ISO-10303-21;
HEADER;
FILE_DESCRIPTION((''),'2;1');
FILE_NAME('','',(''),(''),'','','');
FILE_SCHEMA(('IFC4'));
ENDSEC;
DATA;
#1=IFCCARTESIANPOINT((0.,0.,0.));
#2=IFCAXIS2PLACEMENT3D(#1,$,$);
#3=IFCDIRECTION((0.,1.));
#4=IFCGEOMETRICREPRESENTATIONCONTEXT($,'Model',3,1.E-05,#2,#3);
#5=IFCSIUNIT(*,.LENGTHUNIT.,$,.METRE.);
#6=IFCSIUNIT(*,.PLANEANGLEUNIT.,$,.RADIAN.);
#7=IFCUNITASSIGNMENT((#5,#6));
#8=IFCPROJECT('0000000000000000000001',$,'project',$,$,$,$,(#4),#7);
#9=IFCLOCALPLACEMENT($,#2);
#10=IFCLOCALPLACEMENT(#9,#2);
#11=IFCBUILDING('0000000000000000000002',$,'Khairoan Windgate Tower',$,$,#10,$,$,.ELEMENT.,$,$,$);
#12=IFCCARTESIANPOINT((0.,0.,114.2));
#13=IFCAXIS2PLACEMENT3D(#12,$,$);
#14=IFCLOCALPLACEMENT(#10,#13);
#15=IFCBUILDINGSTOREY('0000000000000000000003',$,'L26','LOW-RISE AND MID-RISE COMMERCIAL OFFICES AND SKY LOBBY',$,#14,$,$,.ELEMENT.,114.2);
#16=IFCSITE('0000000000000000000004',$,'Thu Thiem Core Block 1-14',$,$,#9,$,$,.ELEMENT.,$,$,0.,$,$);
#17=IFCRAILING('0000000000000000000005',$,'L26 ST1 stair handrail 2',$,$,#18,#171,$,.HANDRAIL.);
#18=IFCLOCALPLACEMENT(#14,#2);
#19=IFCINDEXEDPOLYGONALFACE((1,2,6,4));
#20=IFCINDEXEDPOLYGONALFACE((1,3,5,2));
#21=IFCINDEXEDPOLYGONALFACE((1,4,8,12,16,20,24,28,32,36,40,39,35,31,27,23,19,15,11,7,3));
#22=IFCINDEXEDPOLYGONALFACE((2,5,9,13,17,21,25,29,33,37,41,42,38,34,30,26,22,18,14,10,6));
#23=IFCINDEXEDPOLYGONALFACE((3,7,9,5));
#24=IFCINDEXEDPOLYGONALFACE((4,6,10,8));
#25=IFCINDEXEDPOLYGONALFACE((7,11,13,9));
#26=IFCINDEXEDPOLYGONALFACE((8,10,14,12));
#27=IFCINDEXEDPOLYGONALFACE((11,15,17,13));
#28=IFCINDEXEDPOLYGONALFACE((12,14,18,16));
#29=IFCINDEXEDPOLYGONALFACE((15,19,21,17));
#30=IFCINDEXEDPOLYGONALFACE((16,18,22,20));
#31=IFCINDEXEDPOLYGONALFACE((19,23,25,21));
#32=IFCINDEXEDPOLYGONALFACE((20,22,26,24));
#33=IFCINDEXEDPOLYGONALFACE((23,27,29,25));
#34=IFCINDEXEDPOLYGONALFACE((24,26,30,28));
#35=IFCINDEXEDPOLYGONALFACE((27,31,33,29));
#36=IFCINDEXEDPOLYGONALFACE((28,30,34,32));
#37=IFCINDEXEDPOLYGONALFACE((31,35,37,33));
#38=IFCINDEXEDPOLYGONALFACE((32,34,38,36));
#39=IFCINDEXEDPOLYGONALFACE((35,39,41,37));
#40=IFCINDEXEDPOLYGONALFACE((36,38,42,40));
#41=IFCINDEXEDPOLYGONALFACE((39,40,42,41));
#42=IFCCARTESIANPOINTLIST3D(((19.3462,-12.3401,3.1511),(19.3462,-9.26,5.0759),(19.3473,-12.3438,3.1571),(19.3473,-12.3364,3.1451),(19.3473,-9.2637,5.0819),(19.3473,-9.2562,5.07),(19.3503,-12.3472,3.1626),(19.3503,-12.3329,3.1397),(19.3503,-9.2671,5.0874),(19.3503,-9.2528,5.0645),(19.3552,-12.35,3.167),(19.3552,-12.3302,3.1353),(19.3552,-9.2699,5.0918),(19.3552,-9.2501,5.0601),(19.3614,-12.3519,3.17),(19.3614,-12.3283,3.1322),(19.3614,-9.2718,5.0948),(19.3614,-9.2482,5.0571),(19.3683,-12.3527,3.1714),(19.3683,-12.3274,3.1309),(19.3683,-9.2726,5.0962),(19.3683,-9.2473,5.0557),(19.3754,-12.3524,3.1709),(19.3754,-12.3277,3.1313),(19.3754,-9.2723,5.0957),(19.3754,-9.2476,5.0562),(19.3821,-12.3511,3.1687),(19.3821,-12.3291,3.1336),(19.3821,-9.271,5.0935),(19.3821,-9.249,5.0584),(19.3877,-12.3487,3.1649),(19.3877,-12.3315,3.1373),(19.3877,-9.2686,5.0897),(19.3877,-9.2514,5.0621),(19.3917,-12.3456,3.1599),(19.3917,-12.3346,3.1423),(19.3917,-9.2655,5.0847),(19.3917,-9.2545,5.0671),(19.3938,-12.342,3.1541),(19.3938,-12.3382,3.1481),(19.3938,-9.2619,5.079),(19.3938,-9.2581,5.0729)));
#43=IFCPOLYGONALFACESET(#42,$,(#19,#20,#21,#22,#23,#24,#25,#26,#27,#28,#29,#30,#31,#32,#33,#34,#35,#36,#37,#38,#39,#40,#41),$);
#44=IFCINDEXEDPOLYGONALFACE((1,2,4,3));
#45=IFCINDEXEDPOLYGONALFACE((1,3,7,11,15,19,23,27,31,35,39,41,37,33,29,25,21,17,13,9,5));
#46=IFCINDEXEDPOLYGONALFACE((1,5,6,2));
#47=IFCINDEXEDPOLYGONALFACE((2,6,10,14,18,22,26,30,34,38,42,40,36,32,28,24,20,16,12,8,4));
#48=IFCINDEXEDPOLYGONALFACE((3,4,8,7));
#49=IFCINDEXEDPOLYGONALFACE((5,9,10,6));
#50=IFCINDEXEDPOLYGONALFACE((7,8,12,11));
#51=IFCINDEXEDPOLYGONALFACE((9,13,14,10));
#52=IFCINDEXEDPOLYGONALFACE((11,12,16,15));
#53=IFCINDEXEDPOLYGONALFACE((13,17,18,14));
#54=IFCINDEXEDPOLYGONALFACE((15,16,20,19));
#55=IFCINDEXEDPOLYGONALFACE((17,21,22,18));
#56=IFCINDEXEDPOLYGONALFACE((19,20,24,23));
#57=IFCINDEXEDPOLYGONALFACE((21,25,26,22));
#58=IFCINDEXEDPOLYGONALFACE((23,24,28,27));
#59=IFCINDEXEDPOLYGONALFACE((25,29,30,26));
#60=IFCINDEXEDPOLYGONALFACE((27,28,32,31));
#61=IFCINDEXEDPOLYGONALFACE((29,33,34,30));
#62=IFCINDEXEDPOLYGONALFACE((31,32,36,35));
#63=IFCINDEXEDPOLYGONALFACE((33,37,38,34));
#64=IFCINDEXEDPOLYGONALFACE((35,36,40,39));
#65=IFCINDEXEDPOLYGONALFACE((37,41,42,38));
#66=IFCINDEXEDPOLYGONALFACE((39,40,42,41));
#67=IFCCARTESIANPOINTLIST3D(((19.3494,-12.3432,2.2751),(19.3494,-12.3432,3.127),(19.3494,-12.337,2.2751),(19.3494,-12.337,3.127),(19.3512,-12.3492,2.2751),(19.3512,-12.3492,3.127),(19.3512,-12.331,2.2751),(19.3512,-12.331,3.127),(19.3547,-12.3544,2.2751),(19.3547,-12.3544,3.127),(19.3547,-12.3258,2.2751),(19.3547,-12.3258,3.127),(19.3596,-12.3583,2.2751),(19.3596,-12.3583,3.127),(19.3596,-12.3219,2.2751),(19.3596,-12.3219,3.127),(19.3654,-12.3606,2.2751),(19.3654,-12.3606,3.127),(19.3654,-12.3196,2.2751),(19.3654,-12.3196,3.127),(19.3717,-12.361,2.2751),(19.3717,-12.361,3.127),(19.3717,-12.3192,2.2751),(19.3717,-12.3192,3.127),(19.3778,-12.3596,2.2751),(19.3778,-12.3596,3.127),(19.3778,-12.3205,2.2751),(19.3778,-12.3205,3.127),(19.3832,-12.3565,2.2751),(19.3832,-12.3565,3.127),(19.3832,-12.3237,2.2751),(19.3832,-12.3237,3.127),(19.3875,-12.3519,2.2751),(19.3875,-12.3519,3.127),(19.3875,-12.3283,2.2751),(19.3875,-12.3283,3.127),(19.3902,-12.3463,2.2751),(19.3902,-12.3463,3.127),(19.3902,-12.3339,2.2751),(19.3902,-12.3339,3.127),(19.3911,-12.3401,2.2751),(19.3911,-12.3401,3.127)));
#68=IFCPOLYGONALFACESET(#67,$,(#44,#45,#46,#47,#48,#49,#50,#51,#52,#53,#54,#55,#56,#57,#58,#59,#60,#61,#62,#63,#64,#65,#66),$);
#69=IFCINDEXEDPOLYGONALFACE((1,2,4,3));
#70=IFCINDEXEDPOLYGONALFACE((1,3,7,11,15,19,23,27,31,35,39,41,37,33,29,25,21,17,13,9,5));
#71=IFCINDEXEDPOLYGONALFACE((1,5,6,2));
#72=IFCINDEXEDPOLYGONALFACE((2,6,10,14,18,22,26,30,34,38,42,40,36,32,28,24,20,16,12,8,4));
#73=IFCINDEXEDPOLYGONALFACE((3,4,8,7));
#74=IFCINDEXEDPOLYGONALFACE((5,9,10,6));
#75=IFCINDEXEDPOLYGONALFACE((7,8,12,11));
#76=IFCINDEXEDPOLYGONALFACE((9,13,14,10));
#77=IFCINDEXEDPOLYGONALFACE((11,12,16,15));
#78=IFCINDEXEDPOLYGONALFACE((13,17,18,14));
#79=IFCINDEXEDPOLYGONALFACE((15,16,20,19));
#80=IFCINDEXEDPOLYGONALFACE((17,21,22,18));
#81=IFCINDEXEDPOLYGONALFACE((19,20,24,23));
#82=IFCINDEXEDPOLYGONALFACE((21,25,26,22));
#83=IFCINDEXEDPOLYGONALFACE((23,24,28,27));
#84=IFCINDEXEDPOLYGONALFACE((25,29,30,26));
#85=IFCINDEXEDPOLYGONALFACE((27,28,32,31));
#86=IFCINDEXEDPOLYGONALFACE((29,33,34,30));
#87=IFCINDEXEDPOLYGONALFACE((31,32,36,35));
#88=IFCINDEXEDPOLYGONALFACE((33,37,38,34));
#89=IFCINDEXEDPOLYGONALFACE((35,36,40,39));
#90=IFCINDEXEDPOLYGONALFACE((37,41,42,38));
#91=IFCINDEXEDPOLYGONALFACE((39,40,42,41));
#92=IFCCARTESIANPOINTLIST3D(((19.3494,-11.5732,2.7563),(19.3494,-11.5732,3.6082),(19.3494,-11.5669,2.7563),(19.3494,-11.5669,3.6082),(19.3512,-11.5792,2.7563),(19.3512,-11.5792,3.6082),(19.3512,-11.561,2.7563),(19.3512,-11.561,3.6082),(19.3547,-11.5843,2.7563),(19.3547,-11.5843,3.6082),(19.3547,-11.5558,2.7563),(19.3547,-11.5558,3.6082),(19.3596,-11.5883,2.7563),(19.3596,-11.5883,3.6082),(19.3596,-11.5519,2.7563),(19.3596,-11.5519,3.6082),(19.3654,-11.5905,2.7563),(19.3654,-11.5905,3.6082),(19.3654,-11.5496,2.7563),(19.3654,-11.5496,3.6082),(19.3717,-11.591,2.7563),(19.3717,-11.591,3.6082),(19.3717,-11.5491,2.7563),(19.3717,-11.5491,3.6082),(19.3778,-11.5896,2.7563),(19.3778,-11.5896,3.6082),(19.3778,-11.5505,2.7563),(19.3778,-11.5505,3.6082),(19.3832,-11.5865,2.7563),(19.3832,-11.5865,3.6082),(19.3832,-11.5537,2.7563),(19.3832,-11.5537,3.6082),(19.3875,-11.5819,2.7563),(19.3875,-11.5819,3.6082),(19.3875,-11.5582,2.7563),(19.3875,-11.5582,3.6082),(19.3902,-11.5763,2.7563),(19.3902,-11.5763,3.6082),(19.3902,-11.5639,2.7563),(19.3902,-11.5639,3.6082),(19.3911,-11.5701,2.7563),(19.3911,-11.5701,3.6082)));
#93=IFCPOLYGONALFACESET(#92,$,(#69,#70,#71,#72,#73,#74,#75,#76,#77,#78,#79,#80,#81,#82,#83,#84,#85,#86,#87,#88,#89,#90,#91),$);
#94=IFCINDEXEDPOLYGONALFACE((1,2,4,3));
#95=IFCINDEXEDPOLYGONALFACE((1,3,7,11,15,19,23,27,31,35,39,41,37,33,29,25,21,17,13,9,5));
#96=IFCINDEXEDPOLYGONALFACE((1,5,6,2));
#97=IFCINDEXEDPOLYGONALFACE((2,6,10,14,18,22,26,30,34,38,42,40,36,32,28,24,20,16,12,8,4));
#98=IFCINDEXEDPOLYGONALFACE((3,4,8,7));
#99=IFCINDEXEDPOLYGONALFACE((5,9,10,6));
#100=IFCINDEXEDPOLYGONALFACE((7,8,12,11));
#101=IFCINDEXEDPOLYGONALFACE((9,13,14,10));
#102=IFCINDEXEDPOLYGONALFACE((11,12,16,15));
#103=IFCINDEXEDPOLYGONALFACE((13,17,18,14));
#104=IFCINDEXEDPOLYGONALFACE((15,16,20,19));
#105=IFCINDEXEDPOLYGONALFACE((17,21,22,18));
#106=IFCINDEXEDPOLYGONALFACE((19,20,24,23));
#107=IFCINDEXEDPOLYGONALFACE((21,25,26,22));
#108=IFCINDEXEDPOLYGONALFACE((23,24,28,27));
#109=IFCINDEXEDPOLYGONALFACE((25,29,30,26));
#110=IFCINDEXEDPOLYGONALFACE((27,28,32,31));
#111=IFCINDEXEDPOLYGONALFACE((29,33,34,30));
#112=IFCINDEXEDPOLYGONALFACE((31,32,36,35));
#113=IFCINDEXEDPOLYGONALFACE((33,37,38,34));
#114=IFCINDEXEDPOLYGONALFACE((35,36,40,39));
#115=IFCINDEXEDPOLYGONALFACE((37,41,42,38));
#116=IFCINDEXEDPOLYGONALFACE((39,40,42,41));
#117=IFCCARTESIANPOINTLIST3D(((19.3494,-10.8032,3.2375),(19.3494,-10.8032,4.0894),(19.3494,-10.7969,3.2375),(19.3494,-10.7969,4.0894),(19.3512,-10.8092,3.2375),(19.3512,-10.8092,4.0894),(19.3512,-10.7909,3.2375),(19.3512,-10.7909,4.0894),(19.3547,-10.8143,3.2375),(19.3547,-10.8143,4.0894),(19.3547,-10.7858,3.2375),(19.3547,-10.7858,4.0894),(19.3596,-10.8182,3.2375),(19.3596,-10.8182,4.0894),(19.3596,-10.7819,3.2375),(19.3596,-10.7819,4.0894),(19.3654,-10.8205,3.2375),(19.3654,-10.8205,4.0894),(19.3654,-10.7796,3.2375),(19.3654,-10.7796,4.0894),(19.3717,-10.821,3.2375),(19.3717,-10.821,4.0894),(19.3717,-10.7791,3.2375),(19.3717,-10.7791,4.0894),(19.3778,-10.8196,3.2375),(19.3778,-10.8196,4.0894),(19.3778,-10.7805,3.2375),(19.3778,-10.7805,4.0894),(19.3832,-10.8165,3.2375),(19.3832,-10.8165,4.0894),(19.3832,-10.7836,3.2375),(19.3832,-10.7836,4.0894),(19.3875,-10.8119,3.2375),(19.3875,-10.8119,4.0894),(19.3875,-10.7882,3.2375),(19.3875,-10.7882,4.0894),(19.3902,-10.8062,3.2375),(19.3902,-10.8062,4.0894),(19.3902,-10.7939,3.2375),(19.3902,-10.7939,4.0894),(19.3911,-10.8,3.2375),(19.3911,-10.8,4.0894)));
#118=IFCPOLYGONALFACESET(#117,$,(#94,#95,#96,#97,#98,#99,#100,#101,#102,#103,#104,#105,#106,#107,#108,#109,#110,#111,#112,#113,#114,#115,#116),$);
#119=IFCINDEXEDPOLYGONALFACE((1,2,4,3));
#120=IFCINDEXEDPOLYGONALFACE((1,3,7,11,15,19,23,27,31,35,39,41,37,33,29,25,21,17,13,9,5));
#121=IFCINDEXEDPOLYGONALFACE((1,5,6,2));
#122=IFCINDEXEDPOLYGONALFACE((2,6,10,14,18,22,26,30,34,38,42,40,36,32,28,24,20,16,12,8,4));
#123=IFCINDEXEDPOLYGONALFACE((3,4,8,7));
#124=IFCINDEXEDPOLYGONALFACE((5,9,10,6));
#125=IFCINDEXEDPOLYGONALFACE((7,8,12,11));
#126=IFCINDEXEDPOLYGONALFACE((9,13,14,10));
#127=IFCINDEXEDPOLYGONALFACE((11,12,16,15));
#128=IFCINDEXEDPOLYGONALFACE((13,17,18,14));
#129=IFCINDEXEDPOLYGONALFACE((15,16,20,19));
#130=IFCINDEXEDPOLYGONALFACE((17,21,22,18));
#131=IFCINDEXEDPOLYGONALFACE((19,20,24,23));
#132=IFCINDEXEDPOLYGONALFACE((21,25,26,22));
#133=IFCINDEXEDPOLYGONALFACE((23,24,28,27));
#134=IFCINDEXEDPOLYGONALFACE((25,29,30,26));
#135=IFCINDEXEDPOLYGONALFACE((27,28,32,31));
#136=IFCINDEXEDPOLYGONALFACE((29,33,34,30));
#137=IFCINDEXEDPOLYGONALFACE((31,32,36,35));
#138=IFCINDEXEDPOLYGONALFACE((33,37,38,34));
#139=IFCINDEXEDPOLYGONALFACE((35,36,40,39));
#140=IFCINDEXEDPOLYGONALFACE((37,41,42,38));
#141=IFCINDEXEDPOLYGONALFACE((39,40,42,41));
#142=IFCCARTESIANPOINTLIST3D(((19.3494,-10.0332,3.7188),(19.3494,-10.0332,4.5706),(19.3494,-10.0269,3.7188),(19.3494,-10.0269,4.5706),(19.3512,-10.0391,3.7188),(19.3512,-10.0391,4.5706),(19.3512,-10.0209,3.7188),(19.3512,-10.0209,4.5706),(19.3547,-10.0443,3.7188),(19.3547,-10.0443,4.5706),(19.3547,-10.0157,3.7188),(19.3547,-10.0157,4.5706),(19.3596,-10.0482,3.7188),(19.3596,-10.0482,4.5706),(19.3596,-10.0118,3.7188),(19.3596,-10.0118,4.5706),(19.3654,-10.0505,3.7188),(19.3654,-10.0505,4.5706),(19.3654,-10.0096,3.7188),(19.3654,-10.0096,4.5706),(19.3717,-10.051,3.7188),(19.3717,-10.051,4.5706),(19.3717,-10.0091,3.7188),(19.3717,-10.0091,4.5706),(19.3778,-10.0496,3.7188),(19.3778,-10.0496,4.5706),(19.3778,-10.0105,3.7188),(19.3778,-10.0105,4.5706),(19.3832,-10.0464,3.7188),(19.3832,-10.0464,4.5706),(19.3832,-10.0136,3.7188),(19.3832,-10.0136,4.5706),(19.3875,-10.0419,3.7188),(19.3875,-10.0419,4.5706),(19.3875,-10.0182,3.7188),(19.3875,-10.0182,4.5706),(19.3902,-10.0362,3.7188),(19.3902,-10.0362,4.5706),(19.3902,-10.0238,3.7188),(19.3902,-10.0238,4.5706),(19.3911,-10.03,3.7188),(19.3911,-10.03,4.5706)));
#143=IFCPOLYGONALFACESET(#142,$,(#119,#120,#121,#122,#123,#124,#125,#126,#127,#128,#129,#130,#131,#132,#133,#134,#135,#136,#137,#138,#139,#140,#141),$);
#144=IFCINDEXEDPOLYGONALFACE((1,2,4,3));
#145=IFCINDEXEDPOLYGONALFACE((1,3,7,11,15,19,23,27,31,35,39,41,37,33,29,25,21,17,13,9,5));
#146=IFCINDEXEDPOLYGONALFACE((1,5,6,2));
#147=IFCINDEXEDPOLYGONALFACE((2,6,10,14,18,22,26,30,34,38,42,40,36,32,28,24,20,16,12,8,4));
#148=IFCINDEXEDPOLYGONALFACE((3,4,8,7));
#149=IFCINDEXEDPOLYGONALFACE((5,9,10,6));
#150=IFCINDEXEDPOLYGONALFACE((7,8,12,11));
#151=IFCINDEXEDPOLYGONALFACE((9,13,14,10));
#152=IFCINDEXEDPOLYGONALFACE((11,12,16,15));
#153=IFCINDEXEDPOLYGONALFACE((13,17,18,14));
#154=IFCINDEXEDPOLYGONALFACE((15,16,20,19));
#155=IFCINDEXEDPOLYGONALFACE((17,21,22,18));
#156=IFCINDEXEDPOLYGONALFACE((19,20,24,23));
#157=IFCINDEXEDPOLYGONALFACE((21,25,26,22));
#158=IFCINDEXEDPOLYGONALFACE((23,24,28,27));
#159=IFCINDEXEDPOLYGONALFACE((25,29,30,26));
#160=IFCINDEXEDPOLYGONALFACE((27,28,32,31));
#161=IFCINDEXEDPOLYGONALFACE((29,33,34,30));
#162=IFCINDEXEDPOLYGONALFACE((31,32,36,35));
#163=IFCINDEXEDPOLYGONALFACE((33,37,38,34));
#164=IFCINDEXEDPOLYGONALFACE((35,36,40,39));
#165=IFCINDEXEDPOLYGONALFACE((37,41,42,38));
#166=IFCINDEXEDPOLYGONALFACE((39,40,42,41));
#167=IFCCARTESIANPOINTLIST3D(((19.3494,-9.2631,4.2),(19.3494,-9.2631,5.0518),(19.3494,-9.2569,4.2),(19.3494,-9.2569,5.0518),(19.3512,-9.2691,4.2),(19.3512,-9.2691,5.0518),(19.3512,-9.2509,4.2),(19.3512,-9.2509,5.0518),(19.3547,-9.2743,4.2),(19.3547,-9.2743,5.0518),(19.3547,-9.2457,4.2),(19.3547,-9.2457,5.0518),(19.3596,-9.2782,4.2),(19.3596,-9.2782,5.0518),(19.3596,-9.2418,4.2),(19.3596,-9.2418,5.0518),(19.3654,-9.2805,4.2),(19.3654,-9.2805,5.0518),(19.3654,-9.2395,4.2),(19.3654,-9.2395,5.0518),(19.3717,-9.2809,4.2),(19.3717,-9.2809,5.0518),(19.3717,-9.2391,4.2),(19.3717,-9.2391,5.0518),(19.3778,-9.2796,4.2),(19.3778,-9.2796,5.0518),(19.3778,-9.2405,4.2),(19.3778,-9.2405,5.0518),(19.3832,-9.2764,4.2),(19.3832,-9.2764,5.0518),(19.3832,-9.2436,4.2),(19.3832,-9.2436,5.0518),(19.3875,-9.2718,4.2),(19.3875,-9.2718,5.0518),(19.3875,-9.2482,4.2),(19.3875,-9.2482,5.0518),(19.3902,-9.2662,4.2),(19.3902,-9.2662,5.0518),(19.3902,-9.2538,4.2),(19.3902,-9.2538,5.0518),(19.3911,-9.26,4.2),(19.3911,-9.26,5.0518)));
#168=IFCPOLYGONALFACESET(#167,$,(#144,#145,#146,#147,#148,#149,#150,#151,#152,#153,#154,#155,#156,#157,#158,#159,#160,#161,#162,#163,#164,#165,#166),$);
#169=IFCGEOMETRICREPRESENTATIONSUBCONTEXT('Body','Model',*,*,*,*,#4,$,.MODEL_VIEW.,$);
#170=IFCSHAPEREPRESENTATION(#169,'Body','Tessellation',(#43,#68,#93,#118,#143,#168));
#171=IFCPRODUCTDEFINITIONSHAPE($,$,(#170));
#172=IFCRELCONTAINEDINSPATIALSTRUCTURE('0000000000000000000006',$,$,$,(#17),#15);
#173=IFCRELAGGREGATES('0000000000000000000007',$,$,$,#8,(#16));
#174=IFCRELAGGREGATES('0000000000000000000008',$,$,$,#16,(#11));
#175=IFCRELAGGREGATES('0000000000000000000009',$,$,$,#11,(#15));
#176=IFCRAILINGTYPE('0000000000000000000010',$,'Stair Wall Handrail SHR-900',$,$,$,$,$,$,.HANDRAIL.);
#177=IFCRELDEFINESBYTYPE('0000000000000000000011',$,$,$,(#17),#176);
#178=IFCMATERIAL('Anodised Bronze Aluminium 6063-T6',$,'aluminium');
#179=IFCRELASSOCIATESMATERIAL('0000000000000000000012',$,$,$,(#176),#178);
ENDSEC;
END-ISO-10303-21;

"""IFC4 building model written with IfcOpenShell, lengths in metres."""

from ifc_helpers import new_model, si_unit, direction, frame, origin, origin_2d, place, context, subcontext, project, spatial, circle, extrude, material, type_object, element, save


model = new_model("IFC4")

# Units and contexts
model_context = context("Model", 3, precision=1e-05, world=origin(), true_north=direction((0.0, 1.0)))
body_context = subcontext(model_context, "Body", "Model", "MODEL_VIEW")
ifc_project = project(units=[si_unit("LENGTHUNIT", "METRE"), si_unit("PLANEANGLEUNIT", "RADIAN")], contexts=[model_context])

# Site, building, storey
site_placement = place(None, origin())
site = spatial("IfcSite", under=ifc_project, at=site_placement, Name="Thu Thiem Core Block 1-14", CompositionType="ELEMENT", RefElevation=0.0)
building_placement = place(site_placement, origin())
building = spatial("IfcBuilding", under=site, at=building_placement, Name="Khairoan Windgate Tower", CompositionType="ELEMENT")
storey_placement = place(building_placement, frame((0.0, 0.0, 114.2)))
storey = spatial("IfcBuildingStorey", under=building, at=storey_placement, Name="L26", Description="LOW-RISE AND MID-RISE COMMERCIAL OFFICES AND SKY LOBBY", CompositionType="ELEMENT", Elevation=114.2)

# Railing
ifc_material_1 = material(Name="Anodised Bronze Aluminium 6063-T6", Category="aluminium")
railing_type_1 = type_object("IfcRailingType", Name="Stair Wall Handrail SHR-900", PredefinedType="HANDRAIL", material=ifc_material_1)
railing_1_placement = place(storey_placement, frame((19.3701, -12.3401, 2.2751)))
element("IfcRailing", 1, at=railing_1_placement, inside=storey, type_object=railing_type_1, Name="L26 ST1 stair handrail 2", PredefinedType="HANDRAIL", context=body_context, shape_type="SweptSolid", body=[
    extrude(circle(Radius=0.0239, at=origin_2d()), frame((0.0, 0.0, 0.876), z_axis=(0.0, 0.848029, 0.529951), x_axis=(-1.0, 0.0, 0.0)), (0.0, 0.0, 1.0), 3.6321),
    extrude(circle(Radius=0.021, at=origin_2d()), origin(), (0.0, 0.0, 1.0), 0.8518),
    extrude(circle(Radius=0.021, at=origin_2d()), frame((0.0, 0.77, 0.4812)), (0.0, 0.0, 1.0), 0.8518),
    extrude(circle(Radius=0.021, at=origin_2d()), frame((0.0, 1.54, 0.9624)), (0.0, 0.0, 1.0), 0.8518),
    extrude(circle(Radius=0.021, at=origin_2d()), frame((0.0, 2.3101, 1.4436)), (0.0, 0.0, 1.0), 0.8518),
    extrude(circle(Radius=0.021, at=origin_2d()), frame((0.0, 3.0801, 1.9248)), (0.0, 0.0, 1.0), 0.8518),
])

save(model, "model.ifc")
